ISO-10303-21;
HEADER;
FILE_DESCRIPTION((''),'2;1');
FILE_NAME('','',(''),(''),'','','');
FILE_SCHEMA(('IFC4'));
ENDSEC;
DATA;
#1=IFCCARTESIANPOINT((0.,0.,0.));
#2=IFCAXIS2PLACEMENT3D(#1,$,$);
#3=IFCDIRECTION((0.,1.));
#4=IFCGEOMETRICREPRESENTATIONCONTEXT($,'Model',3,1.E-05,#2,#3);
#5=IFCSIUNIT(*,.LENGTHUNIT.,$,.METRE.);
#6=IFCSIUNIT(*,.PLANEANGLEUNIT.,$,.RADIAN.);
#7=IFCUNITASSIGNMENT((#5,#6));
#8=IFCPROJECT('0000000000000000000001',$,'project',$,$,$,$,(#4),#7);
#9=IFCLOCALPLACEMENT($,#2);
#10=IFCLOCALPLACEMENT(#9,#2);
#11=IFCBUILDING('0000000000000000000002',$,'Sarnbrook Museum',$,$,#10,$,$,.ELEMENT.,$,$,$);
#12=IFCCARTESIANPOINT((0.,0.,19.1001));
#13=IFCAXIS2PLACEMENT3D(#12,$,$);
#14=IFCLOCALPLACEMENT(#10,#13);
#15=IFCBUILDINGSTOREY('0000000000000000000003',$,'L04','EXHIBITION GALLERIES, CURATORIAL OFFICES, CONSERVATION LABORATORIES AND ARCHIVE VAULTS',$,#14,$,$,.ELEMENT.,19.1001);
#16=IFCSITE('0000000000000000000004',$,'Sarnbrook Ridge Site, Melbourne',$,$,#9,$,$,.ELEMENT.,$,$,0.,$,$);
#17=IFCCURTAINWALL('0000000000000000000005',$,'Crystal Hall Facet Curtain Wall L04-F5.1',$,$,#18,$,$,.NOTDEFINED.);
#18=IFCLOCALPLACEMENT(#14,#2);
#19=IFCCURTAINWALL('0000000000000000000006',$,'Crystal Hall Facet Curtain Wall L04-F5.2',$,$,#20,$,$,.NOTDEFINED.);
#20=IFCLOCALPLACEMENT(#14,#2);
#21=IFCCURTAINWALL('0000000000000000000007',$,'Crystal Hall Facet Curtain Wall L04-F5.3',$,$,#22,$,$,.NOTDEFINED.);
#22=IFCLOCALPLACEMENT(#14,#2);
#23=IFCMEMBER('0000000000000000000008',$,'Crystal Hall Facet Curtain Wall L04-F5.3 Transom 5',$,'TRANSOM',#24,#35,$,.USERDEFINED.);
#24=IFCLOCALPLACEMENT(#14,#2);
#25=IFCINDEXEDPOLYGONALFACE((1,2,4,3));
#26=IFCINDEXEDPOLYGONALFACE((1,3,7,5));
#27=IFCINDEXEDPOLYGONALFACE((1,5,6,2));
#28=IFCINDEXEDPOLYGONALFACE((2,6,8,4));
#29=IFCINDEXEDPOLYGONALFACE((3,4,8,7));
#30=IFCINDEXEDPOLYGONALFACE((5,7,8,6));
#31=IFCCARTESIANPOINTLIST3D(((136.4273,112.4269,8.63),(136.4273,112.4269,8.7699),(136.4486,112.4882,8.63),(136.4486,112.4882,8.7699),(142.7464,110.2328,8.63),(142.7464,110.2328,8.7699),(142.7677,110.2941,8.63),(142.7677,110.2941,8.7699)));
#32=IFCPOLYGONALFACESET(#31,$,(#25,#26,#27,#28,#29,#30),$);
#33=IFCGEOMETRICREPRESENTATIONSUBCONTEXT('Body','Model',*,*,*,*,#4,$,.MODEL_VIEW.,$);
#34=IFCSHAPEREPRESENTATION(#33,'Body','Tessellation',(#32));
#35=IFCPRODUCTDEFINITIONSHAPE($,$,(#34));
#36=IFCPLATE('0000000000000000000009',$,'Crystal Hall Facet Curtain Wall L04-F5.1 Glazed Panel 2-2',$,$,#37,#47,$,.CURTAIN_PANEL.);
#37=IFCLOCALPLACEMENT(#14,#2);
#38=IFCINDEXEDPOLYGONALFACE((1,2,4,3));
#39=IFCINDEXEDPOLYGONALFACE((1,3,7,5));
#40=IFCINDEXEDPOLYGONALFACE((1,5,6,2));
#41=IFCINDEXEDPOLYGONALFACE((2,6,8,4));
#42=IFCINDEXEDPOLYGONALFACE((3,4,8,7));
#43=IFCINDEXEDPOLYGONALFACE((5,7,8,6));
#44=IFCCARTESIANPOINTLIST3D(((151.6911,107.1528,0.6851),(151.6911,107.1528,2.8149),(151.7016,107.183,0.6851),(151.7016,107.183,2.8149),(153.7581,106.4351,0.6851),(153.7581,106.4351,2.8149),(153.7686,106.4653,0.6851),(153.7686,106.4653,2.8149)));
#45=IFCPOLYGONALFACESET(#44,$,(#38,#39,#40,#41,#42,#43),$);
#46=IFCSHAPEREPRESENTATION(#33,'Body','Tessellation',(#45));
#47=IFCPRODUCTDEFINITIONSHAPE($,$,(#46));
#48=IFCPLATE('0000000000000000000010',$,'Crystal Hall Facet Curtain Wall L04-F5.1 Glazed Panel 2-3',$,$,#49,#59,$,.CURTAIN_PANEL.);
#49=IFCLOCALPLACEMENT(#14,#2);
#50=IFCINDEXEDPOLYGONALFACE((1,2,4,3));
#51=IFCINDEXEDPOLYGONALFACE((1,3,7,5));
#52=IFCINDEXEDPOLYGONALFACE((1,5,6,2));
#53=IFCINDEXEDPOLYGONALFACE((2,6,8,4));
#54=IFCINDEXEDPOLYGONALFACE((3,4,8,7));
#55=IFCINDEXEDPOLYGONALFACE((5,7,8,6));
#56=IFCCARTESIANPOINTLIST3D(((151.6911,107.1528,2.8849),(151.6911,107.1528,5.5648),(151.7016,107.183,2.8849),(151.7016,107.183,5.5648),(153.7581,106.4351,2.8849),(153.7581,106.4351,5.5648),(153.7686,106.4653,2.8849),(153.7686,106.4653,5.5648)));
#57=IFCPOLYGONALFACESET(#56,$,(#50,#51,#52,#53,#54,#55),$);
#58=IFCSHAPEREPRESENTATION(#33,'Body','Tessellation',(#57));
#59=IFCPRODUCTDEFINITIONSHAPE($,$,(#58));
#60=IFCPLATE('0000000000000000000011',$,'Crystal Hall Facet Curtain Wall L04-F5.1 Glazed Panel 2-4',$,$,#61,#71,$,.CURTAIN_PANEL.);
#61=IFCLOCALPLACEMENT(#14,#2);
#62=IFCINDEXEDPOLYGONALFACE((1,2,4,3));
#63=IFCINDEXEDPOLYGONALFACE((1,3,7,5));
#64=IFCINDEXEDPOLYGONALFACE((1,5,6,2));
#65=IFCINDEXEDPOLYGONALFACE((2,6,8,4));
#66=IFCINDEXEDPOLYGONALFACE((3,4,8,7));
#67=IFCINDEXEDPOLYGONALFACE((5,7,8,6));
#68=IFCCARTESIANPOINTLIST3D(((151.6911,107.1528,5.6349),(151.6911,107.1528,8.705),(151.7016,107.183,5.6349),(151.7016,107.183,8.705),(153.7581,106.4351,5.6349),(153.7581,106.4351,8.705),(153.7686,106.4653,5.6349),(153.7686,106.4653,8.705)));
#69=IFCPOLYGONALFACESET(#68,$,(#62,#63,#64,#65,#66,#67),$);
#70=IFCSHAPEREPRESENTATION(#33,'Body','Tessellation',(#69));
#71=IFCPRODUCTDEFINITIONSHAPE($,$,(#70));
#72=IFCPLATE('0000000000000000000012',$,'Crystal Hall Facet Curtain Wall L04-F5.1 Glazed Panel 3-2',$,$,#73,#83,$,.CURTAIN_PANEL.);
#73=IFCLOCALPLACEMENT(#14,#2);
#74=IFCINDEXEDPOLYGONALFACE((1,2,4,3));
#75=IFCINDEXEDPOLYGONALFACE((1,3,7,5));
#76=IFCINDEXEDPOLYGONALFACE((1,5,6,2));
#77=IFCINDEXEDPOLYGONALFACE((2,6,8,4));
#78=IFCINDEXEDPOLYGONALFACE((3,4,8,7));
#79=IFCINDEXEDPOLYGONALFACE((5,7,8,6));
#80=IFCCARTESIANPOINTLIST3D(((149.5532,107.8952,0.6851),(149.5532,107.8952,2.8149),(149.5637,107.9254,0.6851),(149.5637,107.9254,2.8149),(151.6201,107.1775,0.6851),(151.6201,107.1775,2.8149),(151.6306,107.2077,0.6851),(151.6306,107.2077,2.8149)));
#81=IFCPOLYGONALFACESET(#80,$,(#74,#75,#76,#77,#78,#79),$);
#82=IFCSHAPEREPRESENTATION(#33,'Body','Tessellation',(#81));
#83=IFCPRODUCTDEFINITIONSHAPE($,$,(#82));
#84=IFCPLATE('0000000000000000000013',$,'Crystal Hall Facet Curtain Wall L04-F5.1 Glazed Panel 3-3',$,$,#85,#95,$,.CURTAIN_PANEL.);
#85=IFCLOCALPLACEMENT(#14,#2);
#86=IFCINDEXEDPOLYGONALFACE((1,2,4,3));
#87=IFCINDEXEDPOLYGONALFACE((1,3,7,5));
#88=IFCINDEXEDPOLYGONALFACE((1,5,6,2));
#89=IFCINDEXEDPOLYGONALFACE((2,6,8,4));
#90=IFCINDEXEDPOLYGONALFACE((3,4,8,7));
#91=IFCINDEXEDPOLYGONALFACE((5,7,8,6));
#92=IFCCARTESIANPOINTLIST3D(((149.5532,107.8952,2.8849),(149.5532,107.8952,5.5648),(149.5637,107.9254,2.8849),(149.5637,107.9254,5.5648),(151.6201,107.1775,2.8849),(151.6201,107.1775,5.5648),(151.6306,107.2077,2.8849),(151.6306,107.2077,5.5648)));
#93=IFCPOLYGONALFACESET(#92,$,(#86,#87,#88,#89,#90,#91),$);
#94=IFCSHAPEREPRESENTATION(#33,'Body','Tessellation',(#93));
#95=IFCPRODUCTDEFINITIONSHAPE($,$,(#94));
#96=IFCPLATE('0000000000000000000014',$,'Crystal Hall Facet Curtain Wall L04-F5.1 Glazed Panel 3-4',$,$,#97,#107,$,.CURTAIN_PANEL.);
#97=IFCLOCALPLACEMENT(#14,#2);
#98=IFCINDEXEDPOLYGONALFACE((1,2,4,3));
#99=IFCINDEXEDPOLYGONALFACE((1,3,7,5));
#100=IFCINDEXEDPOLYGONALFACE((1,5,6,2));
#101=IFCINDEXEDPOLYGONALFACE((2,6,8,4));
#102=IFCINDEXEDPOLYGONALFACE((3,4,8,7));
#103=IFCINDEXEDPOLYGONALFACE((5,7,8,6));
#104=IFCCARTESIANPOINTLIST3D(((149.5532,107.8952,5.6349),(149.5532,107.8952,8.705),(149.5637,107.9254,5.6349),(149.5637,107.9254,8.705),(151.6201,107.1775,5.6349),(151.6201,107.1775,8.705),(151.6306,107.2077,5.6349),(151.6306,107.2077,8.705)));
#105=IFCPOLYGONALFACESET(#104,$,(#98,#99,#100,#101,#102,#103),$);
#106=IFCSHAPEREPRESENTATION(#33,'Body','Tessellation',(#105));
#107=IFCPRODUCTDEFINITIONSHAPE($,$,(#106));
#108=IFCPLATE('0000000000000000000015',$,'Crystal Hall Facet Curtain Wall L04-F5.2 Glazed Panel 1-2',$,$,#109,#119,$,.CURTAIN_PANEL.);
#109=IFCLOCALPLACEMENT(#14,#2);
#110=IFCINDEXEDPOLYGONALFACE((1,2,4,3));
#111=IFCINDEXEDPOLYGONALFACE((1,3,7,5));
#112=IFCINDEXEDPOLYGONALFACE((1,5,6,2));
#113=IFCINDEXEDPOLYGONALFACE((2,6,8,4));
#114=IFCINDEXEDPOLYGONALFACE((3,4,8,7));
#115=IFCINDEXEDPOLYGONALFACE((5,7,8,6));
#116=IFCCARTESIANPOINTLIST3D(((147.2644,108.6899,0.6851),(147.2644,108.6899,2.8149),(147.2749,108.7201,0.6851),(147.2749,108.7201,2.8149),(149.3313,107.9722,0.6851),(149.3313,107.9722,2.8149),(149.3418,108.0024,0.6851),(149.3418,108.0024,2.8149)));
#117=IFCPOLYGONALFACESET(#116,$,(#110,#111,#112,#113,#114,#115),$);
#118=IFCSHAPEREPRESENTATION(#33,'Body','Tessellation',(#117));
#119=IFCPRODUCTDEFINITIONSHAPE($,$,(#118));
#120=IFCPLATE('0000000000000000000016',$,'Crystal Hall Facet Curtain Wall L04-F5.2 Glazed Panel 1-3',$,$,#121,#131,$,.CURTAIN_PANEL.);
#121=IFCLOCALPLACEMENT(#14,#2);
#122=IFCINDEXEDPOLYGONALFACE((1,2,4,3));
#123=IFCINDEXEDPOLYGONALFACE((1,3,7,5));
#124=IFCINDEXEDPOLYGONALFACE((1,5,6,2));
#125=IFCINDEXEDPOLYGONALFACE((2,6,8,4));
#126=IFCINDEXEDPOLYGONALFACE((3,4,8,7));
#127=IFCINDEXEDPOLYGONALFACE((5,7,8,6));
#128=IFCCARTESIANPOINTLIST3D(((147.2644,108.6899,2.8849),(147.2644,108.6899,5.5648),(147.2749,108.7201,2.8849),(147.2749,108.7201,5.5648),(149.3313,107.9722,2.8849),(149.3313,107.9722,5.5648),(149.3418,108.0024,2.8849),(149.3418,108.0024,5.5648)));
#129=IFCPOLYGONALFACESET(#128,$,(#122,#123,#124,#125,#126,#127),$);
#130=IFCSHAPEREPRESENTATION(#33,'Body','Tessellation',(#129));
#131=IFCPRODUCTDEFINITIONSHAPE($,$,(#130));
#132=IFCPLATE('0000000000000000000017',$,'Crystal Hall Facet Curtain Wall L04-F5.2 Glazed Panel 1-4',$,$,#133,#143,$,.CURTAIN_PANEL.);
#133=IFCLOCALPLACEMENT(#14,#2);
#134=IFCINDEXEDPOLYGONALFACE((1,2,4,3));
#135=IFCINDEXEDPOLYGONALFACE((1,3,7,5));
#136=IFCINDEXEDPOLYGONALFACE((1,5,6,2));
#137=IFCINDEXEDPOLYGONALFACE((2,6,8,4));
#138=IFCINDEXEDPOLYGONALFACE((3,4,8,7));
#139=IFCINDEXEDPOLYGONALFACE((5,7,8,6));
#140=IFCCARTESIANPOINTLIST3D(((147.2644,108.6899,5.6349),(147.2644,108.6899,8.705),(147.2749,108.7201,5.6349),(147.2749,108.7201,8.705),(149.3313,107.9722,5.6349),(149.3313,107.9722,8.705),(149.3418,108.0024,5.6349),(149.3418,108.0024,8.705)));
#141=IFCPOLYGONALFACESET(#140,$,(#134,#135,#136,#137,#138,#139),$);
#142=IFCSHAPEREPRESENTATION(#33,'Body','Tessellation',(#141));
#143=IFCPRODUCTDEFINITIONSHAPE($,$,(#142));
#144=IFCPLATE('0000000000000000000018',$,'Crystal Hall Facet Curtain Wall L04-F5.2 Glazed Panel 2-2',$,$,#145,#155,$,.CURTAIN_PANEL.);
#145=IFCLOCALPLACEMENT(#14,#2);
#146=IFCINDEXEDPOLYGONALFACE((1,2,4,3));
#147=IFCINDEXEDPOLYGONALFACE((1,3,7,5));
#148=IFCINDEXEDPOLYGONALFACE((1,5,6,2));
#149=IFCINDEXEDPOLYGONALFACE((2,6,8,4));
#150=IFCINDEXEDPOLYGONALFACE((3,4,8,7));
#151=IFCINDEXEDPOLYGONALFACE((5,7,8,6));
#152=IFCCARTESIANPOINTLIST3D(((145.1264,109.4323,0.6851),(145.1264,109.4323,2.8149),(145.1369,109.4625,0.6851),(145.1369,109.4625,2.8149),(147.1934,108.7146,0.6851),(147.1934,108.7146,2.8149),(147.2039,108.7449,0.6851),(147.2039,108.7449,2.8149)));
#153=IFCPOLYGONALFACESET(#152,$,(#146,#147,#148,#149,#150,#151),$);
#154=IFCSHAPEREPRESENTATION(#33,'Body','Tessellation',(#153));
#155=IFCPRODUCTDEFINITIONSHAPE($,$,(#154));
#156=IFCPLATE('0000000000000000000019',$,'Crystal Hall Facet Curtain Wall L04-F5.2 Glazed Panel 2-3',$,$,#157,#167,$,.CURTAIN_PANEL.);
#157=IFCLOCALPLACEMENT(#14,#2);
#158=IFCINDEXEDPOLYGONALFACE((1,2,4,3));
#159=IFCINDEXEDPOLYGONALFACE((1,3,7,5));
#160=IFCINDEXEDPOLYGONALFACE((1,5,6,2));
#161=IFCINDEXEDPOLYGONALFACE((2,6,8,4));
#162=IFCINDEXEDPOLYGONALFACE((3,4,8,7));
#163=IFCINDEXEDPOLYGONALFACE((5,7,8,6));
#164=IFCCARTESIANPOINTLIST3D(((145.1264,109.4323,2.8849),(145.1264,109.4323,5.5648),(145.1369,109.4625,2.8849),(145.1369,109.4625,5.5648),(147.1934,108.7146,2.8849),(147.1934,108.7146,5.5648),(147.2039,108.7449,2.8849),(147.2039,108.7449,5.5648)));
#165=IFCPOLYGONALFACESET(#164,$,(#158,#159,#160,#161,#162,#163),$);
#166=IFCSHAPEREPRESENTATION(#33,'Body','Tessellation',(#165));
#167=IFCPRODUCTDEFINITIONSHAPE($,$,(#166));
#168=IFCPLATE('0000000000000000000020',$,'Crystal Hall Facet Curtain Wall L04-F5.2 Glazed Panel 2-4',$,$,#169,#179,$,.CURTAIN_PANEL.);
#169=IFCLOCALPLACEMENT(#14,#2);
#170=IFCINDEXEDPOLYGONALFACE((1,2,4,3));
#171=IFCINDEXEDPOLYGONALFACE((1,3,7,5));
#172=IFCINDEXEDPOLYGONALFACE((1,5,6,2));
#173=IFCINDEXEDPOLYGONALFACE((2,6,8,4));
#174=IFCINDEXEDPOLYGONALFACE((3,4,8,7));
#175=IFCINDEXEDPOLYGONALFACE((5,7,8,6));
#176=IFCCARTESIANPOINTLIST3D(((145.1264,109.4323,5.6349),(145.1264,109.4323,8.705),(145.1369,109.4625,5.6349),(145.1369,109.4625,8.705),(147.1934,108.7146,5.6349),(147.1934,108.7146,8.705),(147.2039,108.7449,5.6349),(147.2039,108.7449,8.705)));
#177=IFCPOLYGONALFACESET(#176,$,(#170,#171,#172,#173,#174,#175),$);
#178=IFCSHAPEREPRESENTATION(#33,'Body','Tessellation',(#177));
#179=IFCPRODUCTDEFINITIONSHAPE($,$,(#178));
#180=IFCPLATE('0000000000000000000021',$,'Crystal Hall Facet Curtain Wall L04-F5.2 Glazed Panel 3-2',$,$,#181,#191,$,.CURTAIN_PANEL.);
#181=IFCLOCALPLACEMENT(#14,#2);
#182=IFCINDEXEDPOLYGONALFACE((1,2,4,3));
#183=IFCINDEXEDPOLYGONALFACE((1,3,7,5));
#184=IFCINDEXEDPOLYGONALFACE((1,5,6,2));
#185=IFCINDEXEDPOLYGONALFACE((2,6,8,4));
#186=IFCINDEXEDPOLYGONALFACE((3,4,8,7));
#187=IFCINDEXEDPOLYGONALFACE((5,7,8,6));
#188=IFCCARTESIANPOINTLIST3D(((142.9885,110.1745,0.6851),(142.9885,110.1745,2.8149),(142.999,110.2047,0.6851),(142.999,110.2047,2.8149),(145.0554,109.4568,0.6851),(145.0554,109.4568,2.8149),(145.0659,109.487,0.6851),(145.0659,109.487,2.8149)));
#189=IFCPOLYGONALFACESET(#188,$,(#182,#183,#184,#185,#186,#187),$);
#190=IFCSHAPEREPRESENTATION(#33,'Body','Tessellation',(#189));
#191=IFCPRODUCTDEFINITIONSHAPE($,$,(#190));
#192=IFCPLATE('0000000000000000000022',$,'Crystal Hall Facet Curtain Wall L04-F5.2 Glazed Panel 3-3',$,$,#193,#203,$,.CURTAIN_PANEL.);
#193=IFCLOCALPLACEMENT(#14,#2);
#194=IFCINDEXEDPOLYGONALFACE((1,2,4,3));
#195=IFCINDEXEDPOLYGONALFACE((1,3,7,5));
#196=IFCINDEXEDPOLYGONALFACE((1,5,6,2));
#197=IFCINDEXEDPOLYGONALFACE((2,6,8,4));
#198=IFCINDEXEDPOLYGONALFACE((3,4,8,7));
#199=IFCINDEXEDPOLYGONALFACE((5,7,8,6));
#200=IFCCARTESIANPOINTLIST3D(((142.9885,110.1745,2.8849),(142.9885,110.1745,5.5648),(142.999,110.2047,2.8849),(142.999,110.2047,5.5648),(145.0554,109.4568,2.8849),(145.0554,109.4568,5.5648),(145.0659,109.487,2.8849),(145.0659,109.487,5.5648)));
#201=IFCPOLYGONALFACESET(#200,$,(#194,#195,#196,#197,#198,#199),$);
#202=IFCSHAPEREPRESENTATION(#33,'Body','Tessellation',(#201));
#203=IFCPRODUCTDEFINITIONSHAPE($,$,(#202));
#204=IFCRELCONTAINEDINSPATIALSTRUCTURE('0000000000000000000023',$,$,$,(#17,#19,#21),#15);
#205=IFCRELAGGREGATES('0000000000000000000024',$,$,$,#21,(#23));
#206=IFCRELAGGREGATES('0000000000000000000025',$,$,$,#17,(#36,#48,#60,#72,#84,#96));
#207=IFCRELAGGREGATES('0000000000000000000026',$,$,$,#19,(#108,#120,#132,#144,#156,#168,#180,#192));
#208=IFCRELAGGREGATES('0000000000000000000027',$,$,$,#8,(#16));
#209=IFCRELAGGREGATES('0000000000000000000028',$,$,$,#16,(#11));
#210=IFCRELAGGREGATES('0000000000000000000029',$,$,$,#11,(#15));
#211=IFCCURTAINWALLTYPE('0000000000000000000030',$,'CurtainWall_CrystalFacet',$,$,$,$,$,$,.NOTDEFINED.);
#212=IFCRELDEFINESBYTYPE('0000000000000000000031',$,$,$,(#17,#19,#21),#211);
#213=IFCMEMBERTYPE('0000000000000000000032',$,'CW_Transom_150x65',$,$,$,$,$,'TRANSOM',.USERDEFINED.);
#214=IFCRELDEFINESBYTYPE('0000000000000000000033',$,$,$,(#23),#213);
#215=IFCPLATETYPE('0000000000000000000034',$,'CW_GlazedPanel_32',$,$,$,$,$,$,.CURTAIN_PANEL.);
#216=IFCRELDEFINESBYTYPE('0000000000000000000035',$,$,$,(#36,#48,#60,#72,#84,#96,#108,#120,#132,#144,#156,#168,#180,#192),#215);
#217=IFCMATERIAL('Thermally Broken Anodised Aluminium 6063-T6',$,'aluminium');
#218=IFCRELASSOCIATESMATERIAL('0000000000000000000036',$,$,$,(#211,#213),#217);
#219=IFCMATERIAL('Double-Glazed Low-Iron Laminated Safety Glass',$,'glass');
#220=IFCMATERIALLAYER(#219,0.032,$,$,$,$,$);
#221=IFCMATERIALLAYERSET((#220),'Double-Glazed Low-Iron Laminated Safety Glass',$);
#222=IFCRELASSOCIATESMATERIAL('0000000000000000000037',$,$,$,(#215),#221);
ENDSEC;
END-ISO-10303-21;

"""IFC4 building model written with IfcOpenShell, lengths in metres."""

from ifc_helpers import new_model, si_unit, direction, frame, origin, origin_2d, place, context, subcontext, project, spatial, rectangle, extrude, material, layer, layer_set, material_profile, profile_set, type_object, element, aggregate, save


model = new_model("IFC4")

# Units and contexts
model_context = context("Model", 3, precision=1e-05, world=origin(), true_north=direction((0.0, 1.0)))
body_context = subcontext(model_context, "Body", "Model", "MODEL_VIEW")
ifc_project = project(units=[si_unit("LENGTHUNIT", "METRE"), si_unit("PLANEANGLEUNIT", "RADIAN")], contexts=[model_context])

# Site, building, storey
site_placement = place(None, origin())
site = spatial("IfcSite", under=ifc_project, at=site_placement, Name="Sarnbrook Ridge Site, Melbourne", CompositionType="ELEMENT", RefElevation=0.0)
building_placement = place(site_placement, origin())
building = spatial("IfcBuilding", under=site, at=building_placement, Name="Sarnbrook Museum", CompositionType="ELEMENT")
storey_placement = place(building_placement, frame((0.0, 0.0, 19.1001)))
storey = spatial("IfcBuildingStorey", under=building, at=storey_placement, Name="L04", Description="EXHIBITION GALLERIES, CURATORIAL OFFICES, CONSERVATION LABORATORIES AND ARCHIVE VAULTS", CompositionType="ELEMENT", Elevation=19.1001)

# Curtain walls
ifc_material_1 = material(Name="Thermally Broken Anodised Aluminium 6063-T6", Category="aluminium")
curtain_wall_type = type_object("IfcCurtainWallType", Name="CurtainWall_CrystalFacet", PredefinedType="NOTDEFINED", material=ifc_material_1)
curtain_wall_1_placement = place(storey_placement, origin())
curtain_wall_1 = element("IfcCurtainWall", 1, at=curtain_wall_1_placement, inside=storey, type_object=curtain_wall_type, Name="Crystal Hall Facet Curtain Wall L04-F5.1", PredefinedType="NOTDEFINED")
curtain_wall_2_placement = place(storey_placement, origin())
curtain_wall_2 = element("IfcCurtainWall", 2, at=curtain_wall_2_placement, inside=storey, type_object=curtain_wall_type, Name="Crystal Hall Facet Curtain Wall L04-F5.2", PredefinedType="NOTDEFINED")

# Curtain wall
curtain_wall_3_placement = place(storey_placement, origin())
curtain_wall_3 = element("IfcCurtainWall", 3, at=curtain_wall_3_placement, inside=storey, type_object=curtain_wall_type, Name="Crystal Hall Facet Curtain Wall L04-F5.3", PredefinedType="NOTDEFINED")

# Member
ifc_material_profile_1 = material_profile(ifc_material_1, rectangle(XDim=0.0649, YDim=0.1399, at=origin_2d()), Name="ALU TRANSOM 65x140")
ifc_profile_set_1 = profile_set([ifc_material_profile_1], Name="Thermally Broken Anodised Aluminium 6063-T6")
member_type_1 = type_object("IfcMemberType", Name="CW_Transom_150x65", ElementType="TRANSOM", PredefinedType="USERDEFINED", material=ifc_profile_set_1)
member_1_placement = place(storey_placement, frame((142.7571, 110.2634, 8.7), z_axis=(-0.944675, 0.328007, 0.0), x_axis=(-0.328007, -0.944675, 0.0)))
member_1 = element("IfcMember", 4, at=member_1_placement, type_object=member_type_1, Name="Crystal Hall Facet Curtain Wall L04-F5.3 Transom 5", ObjectType="TRANSOM", PredefinedType="USERDEFINED", context=body_context, shape_type="SweptSolid", body=[
    extrude(rectangle(XDim=0.0649, YDim=0.1399, at=origin_2d()), origin(), (0.0, 0.0, 1.0), 6.6892),
])
aggregate(curtain_wall_3, [member_1])

# Plates
ifc_material_2 = material(Name="Double-Glazed Low-Iron Laminated Safety Glass", Category="glass")
ifc_layer_1 = layer(ifc_material_2, 0.032)
ifc_layer_set_1 = layer_set([ifc_layer_1], Name="Double-Glazed Low-Iron Laminated Safety Glass")
plate_type_1 = type_object("IfcPlateType", Name="CW_GlazedPanel_32", PredefinedType="CURTAIN_PANEL", material=ifc_layer_set_1)
plate_1_placement = place(storey_placement, frame((152.7246, 106.7939, 1.75), z_axis=(0.328013, 0.944673, 0.0), x_axis=(-0.944673, 0.328013, 0.0)))
plate_1 = element("IfcPlate", 5, at=plate_1_placement, type_object=plate_type_1, Name="Crystal Hall Facet Curtain Wall L04-F5.1 Glazed Panel 2-2", PredefinedType="CURTAIN_PANEL", context=body_context, shape_type="SweptSolid", body=[
    extrude(rectangle(XDim=2.188, YDim=2.1299, at=origin_2d()), origin(), (0.0, 0.0, 1.0), 0.032),
])
plate_2_placement = place(storey_placement, frame((152.7246, 106.7939, 4.2249), z_axis=(0.328013, 0.944673, 0.0), x_axis=(-0.944673, 0.328013, 0.0)))
plate_2 = element("IfcPlate", 6, at=plate_2_placement, type_object=plate_type_1, Name="Crystal Hall Facet Curtain Wall L04-F5.1 Glazed Panel 2-3", PredefinedType="CURTAIN_PANEL", context=body_context, shape_type="SweptSolid", body=[
    extrude(rectangle(XDim=2.188, YDim=2.6799, at=origin_2d()), origin(), (0.0, 0.0, 1.0), 0.032),
])
plate_3_placement = place(storey_placement, frame((152.7246, 106.7939, 7.1699), z_axis=(0.328013, 0.944673, 0.0), x_axis=(-0.944673, 0.328013, 0.0)))
plate_3 = element("IfcPlate", 7, at=plate_3_placement, type_object=plate_type_1, Name="Crystal Hall Facet Curtain Wall L04-F5.1 Glazed Panel 2-4", PredefinedType="CURTAIN_PANEL", context=body_context, shape_type="SweptSolid", body=[
    extrude(rectangle(XDim=2.188, YDim=3.0701, at=origin_2d()), origin(), (0.0, 0.0, 1.0), 0.032),
])
plate_4_placement = place(storey_placement, frame((150.5867, 107.5364, 1.75), z_axis=(0.328013, 0.944673, 0.0), x_axis=(-0.944673, 0.328013, 0.0)))
plate_4 = element("IfcPlate", 8, at=plate_4_placement, type_object=plate_type_1, Name="Crystal Hall Facet Curtain Wall L04-F5.1 Glazed Panel 3-2", PredefinedType="CURTAIN_PANEL", context=body_context, shape_type="SweptSolid", body=[
    extrude(rectangle(XDim=2.188, YDim=2.1299, at=origin_2d()), origin(), (0.0, 0.0, 1.0), 0.032),
])
plate_5_placement = place(storey_placement, frame((150.5867, 107.5364, 4.2249), z_axis=(0.328013, 0.944673, 0.0), x_axis=(-0.944673, 0.328013, 0.0)))
plate_5 = element("IfcPlate", 9, at=plate_5_placement, type_object=plate_type_1, Name="Crystal Hall Facet Curtain Wall L04-F5.1 Glazed Panel 3-3", PredefinedType="CURTAIN_PANEL", context=body_context, shape_type="SweptSolid", body=[
    extrude(rectangle(XDim=2.188, YDim=2.6799, at=origin_2d()), origin(), (0.0, 0.0, 1.0), 0.032),
])
plate_6_placement = place(storey_placement, frame((150.5867, 107.5364, 7.1699), z_axis=(0.328013, 0.944673, 0.0), x_axis=(-0.944673, 0.328013, 0.0)))
plate_6 = element("IfcPlate", 10, at=plate_6_placement, type_object=plate_type_1, Name="Crystal Hall Facet Curtain Wall L04-F5.1 Glazed Panel 3-4", PredefinedType="CURTAIN_PANEL", context=body_context, shape_type="SweptSolid", body=[
    extrude(rectangle(XDim=2.188, YDim=3.0701, at=origin_2d()), origin(), (0.0, 0.0, 1.0), 0.032),
])
plate_7_placement = place(storey_placement, frame((148.2979, 108.3311, 1.75), z_axis=(0.328013, 0.944673, 0.0), x_axis=(-0.944673, 0.328013, 0.0)))
plate_7 = element("IfcPlate", 11, at=plate_7_placement, type_object=plate_type_1, Name="Crystal Hall Facet Curtain Wall L04-F5.2 Glazed Panel 1-2", PredefinedType="CURTAIN_PANEL", context=body_context, shape_type="SweptSolid", body=[
    extrude(rectangle(XDim=2.188, YDim=2.1299, at=origin_2d()), origin(), (0.0, 0.0, 1.0), 0.032),
])
plate_8_placement = place(storey_placement, frame((148.2979, 108.3311, 4.2249), z_axis=(0.328013, 0.944673, 0.0), x_axis=(-0.944673, 0.328013, 0.0)))
plate_8 = element("IfcPlate", 12, at=plate_8_placement, type_object=plate_type_1, Name="Crystal Hall Facet Curtain Wall L04-F5.2 Glazed Panel 1-3", PredefinedType="CURTAIN_PANEL", context=body_context, shape_type="SweptSolid", body=[
    extrude(rectangle(XDim=2.188, YDim=2.6799, at=origin_2d()), origin(), (0.0, 0.0, 1.0), 0.032),
])
plate_9_placement = place(storey_placement, frame((148.2979, 108.3311, 7.1699), z_axis=(0.328013, 0.944673, 0.0), x_axis=(-0.944673, 0.328013, 0.0)))
plate_9 = element("IfcPlate", 13, at=plate_9_placement, type_object=plate_type_1, Name="Crystal Hall Facet Curtain Wall L04-F5.2 Glazed Panel 1-4", PredefinedType="CURTAIN_PANEL", context=body_context, shape_type="SweptSolid", body=[
    extrude(rectangle(XDim=2.188, YDim=3.0701, at=origin_2d()), origin(), (0.0, 0.0, 1.0), 0.032),
])
plate_10_placement = place(storey_placement, frame((146.1599, 109.0735, 1.75), z_axis=(0.328013, 0.944673, 0.0), x_axis=(-0.944673, 0.328013, 0.0)))
plate_10 = element("IfcPlate", 14, at=plate_10_placement, type_object=plate_type_1, Name="Crystal Hall Facet Curtain Wall L04-F5.2 Glazed Panel 2-2", PredefinedType="CURTAIN_PANEL", context=body_context, shape_type="SweptSolid", body=[
    extrude(rectangle(XDim=2.188, YDim=2.1299, at=origin_2d()), origin(), (0.0, 0.0, 1.0), 0.032),
])
plate_11_placement = place(storey_placement, frame((146.1599, 109.0735, 4.2249), z_axis=(0.328013, 0.944673, 0.0), x_axis=(-0.944673, 0.328013, 0.0)))
plate_11 = element("IfcPlate", 15, at=plate_11_placement, type_object=plate_type_1, Name="Crystal Hall Facet Curtain Wall L04-F5.2 Glazed Panel 2-3", PredefinedType="CURTAIN_PANEL", context=body_context, shape_type="SweptSolid", body=[
    extrude(rectangle(XDim=2.188, YDim=2.6799, at=origin_2d()), origin(), (0.0, 0.0, 1.0), 0.032),
])
plate_12_placement = place(storey_placement, frame((146.1599, 109.0735, 7.1699), z_axis=(0.328013, 0.944673, 0.0), x_axis=(-0.944673, 0.328013, 0.0)))
plate_12 = element("IfcPlate", 16, at=plate_12_placement, type_object=plate_type_1, Name="Crystal Hall Facet Curtain Wall L04-F5.2 Glazed Panel 2-4", PredefinedType="CURTAIN_PANEL", context=body_context, shape_type="SweptSolid", body=[
    extrude(rectangle(XDim=2.188, YDim=3.0701, at=origin_2d()), origin(), (0.0, 0.0, 1.0), 0.032),
])
plate_13_placement = place(storey_placement, frame((144.022, 109.8157, 1.75), z_axis=(0.328013, 0.944673, 0.0), x_axis=(-0.944673, 0.328013, 0.0)))
plate_13 = element("IfcPlate", 17, at=plate_13_placement, type_object=plate_type_1, Name="Crystal Hall Facet Curtain Wall L04-F5.2 Glazed Panel 3-2", PredefinedType="CURTAIN_PANEL", context=body_context, shape_type="SweptSolid", body=[
    extrude(rectangle(XDim=2.188, YDim=2.1299, at=origin_2d()), origin(), (0.0, 0.0, 1.0), 0.032),
])
plate_14_placement = place(storey_placement, frame((144.022, 109.8157, 4.2249), z_axis=(0.328013, 0.944673, 0.0), x_axis=(-0.944673, 0.328013, 0.0)))
plate_14 = element("IfcPlate", 18, at=plate_14_placement, type_object=plate_type_1, Name="Crystal Hall Facet Curtain Wall L04-F5.2 Glazed Panel 3-3", PredefinedType="CURTAIN_PANEL", context=body_context, shape_type="SweptSolid", body=[
    extrude(rectangle(XDim=2.188, YDim=2.6799, at=origin_2d()), origin(), (0.0, 0.0, 1.0), 0.032),
])
aggregate(curtain_wall_1, [plate_1, plate_2, plate_3, plate_4, plate_5, plate_6])
aggregate(curtain_wall_2, [plate_7, plate_8, plate_9, plate_10, plate_11, plate_12, plate_13, plate_14])

save(model, "model.ifc")
